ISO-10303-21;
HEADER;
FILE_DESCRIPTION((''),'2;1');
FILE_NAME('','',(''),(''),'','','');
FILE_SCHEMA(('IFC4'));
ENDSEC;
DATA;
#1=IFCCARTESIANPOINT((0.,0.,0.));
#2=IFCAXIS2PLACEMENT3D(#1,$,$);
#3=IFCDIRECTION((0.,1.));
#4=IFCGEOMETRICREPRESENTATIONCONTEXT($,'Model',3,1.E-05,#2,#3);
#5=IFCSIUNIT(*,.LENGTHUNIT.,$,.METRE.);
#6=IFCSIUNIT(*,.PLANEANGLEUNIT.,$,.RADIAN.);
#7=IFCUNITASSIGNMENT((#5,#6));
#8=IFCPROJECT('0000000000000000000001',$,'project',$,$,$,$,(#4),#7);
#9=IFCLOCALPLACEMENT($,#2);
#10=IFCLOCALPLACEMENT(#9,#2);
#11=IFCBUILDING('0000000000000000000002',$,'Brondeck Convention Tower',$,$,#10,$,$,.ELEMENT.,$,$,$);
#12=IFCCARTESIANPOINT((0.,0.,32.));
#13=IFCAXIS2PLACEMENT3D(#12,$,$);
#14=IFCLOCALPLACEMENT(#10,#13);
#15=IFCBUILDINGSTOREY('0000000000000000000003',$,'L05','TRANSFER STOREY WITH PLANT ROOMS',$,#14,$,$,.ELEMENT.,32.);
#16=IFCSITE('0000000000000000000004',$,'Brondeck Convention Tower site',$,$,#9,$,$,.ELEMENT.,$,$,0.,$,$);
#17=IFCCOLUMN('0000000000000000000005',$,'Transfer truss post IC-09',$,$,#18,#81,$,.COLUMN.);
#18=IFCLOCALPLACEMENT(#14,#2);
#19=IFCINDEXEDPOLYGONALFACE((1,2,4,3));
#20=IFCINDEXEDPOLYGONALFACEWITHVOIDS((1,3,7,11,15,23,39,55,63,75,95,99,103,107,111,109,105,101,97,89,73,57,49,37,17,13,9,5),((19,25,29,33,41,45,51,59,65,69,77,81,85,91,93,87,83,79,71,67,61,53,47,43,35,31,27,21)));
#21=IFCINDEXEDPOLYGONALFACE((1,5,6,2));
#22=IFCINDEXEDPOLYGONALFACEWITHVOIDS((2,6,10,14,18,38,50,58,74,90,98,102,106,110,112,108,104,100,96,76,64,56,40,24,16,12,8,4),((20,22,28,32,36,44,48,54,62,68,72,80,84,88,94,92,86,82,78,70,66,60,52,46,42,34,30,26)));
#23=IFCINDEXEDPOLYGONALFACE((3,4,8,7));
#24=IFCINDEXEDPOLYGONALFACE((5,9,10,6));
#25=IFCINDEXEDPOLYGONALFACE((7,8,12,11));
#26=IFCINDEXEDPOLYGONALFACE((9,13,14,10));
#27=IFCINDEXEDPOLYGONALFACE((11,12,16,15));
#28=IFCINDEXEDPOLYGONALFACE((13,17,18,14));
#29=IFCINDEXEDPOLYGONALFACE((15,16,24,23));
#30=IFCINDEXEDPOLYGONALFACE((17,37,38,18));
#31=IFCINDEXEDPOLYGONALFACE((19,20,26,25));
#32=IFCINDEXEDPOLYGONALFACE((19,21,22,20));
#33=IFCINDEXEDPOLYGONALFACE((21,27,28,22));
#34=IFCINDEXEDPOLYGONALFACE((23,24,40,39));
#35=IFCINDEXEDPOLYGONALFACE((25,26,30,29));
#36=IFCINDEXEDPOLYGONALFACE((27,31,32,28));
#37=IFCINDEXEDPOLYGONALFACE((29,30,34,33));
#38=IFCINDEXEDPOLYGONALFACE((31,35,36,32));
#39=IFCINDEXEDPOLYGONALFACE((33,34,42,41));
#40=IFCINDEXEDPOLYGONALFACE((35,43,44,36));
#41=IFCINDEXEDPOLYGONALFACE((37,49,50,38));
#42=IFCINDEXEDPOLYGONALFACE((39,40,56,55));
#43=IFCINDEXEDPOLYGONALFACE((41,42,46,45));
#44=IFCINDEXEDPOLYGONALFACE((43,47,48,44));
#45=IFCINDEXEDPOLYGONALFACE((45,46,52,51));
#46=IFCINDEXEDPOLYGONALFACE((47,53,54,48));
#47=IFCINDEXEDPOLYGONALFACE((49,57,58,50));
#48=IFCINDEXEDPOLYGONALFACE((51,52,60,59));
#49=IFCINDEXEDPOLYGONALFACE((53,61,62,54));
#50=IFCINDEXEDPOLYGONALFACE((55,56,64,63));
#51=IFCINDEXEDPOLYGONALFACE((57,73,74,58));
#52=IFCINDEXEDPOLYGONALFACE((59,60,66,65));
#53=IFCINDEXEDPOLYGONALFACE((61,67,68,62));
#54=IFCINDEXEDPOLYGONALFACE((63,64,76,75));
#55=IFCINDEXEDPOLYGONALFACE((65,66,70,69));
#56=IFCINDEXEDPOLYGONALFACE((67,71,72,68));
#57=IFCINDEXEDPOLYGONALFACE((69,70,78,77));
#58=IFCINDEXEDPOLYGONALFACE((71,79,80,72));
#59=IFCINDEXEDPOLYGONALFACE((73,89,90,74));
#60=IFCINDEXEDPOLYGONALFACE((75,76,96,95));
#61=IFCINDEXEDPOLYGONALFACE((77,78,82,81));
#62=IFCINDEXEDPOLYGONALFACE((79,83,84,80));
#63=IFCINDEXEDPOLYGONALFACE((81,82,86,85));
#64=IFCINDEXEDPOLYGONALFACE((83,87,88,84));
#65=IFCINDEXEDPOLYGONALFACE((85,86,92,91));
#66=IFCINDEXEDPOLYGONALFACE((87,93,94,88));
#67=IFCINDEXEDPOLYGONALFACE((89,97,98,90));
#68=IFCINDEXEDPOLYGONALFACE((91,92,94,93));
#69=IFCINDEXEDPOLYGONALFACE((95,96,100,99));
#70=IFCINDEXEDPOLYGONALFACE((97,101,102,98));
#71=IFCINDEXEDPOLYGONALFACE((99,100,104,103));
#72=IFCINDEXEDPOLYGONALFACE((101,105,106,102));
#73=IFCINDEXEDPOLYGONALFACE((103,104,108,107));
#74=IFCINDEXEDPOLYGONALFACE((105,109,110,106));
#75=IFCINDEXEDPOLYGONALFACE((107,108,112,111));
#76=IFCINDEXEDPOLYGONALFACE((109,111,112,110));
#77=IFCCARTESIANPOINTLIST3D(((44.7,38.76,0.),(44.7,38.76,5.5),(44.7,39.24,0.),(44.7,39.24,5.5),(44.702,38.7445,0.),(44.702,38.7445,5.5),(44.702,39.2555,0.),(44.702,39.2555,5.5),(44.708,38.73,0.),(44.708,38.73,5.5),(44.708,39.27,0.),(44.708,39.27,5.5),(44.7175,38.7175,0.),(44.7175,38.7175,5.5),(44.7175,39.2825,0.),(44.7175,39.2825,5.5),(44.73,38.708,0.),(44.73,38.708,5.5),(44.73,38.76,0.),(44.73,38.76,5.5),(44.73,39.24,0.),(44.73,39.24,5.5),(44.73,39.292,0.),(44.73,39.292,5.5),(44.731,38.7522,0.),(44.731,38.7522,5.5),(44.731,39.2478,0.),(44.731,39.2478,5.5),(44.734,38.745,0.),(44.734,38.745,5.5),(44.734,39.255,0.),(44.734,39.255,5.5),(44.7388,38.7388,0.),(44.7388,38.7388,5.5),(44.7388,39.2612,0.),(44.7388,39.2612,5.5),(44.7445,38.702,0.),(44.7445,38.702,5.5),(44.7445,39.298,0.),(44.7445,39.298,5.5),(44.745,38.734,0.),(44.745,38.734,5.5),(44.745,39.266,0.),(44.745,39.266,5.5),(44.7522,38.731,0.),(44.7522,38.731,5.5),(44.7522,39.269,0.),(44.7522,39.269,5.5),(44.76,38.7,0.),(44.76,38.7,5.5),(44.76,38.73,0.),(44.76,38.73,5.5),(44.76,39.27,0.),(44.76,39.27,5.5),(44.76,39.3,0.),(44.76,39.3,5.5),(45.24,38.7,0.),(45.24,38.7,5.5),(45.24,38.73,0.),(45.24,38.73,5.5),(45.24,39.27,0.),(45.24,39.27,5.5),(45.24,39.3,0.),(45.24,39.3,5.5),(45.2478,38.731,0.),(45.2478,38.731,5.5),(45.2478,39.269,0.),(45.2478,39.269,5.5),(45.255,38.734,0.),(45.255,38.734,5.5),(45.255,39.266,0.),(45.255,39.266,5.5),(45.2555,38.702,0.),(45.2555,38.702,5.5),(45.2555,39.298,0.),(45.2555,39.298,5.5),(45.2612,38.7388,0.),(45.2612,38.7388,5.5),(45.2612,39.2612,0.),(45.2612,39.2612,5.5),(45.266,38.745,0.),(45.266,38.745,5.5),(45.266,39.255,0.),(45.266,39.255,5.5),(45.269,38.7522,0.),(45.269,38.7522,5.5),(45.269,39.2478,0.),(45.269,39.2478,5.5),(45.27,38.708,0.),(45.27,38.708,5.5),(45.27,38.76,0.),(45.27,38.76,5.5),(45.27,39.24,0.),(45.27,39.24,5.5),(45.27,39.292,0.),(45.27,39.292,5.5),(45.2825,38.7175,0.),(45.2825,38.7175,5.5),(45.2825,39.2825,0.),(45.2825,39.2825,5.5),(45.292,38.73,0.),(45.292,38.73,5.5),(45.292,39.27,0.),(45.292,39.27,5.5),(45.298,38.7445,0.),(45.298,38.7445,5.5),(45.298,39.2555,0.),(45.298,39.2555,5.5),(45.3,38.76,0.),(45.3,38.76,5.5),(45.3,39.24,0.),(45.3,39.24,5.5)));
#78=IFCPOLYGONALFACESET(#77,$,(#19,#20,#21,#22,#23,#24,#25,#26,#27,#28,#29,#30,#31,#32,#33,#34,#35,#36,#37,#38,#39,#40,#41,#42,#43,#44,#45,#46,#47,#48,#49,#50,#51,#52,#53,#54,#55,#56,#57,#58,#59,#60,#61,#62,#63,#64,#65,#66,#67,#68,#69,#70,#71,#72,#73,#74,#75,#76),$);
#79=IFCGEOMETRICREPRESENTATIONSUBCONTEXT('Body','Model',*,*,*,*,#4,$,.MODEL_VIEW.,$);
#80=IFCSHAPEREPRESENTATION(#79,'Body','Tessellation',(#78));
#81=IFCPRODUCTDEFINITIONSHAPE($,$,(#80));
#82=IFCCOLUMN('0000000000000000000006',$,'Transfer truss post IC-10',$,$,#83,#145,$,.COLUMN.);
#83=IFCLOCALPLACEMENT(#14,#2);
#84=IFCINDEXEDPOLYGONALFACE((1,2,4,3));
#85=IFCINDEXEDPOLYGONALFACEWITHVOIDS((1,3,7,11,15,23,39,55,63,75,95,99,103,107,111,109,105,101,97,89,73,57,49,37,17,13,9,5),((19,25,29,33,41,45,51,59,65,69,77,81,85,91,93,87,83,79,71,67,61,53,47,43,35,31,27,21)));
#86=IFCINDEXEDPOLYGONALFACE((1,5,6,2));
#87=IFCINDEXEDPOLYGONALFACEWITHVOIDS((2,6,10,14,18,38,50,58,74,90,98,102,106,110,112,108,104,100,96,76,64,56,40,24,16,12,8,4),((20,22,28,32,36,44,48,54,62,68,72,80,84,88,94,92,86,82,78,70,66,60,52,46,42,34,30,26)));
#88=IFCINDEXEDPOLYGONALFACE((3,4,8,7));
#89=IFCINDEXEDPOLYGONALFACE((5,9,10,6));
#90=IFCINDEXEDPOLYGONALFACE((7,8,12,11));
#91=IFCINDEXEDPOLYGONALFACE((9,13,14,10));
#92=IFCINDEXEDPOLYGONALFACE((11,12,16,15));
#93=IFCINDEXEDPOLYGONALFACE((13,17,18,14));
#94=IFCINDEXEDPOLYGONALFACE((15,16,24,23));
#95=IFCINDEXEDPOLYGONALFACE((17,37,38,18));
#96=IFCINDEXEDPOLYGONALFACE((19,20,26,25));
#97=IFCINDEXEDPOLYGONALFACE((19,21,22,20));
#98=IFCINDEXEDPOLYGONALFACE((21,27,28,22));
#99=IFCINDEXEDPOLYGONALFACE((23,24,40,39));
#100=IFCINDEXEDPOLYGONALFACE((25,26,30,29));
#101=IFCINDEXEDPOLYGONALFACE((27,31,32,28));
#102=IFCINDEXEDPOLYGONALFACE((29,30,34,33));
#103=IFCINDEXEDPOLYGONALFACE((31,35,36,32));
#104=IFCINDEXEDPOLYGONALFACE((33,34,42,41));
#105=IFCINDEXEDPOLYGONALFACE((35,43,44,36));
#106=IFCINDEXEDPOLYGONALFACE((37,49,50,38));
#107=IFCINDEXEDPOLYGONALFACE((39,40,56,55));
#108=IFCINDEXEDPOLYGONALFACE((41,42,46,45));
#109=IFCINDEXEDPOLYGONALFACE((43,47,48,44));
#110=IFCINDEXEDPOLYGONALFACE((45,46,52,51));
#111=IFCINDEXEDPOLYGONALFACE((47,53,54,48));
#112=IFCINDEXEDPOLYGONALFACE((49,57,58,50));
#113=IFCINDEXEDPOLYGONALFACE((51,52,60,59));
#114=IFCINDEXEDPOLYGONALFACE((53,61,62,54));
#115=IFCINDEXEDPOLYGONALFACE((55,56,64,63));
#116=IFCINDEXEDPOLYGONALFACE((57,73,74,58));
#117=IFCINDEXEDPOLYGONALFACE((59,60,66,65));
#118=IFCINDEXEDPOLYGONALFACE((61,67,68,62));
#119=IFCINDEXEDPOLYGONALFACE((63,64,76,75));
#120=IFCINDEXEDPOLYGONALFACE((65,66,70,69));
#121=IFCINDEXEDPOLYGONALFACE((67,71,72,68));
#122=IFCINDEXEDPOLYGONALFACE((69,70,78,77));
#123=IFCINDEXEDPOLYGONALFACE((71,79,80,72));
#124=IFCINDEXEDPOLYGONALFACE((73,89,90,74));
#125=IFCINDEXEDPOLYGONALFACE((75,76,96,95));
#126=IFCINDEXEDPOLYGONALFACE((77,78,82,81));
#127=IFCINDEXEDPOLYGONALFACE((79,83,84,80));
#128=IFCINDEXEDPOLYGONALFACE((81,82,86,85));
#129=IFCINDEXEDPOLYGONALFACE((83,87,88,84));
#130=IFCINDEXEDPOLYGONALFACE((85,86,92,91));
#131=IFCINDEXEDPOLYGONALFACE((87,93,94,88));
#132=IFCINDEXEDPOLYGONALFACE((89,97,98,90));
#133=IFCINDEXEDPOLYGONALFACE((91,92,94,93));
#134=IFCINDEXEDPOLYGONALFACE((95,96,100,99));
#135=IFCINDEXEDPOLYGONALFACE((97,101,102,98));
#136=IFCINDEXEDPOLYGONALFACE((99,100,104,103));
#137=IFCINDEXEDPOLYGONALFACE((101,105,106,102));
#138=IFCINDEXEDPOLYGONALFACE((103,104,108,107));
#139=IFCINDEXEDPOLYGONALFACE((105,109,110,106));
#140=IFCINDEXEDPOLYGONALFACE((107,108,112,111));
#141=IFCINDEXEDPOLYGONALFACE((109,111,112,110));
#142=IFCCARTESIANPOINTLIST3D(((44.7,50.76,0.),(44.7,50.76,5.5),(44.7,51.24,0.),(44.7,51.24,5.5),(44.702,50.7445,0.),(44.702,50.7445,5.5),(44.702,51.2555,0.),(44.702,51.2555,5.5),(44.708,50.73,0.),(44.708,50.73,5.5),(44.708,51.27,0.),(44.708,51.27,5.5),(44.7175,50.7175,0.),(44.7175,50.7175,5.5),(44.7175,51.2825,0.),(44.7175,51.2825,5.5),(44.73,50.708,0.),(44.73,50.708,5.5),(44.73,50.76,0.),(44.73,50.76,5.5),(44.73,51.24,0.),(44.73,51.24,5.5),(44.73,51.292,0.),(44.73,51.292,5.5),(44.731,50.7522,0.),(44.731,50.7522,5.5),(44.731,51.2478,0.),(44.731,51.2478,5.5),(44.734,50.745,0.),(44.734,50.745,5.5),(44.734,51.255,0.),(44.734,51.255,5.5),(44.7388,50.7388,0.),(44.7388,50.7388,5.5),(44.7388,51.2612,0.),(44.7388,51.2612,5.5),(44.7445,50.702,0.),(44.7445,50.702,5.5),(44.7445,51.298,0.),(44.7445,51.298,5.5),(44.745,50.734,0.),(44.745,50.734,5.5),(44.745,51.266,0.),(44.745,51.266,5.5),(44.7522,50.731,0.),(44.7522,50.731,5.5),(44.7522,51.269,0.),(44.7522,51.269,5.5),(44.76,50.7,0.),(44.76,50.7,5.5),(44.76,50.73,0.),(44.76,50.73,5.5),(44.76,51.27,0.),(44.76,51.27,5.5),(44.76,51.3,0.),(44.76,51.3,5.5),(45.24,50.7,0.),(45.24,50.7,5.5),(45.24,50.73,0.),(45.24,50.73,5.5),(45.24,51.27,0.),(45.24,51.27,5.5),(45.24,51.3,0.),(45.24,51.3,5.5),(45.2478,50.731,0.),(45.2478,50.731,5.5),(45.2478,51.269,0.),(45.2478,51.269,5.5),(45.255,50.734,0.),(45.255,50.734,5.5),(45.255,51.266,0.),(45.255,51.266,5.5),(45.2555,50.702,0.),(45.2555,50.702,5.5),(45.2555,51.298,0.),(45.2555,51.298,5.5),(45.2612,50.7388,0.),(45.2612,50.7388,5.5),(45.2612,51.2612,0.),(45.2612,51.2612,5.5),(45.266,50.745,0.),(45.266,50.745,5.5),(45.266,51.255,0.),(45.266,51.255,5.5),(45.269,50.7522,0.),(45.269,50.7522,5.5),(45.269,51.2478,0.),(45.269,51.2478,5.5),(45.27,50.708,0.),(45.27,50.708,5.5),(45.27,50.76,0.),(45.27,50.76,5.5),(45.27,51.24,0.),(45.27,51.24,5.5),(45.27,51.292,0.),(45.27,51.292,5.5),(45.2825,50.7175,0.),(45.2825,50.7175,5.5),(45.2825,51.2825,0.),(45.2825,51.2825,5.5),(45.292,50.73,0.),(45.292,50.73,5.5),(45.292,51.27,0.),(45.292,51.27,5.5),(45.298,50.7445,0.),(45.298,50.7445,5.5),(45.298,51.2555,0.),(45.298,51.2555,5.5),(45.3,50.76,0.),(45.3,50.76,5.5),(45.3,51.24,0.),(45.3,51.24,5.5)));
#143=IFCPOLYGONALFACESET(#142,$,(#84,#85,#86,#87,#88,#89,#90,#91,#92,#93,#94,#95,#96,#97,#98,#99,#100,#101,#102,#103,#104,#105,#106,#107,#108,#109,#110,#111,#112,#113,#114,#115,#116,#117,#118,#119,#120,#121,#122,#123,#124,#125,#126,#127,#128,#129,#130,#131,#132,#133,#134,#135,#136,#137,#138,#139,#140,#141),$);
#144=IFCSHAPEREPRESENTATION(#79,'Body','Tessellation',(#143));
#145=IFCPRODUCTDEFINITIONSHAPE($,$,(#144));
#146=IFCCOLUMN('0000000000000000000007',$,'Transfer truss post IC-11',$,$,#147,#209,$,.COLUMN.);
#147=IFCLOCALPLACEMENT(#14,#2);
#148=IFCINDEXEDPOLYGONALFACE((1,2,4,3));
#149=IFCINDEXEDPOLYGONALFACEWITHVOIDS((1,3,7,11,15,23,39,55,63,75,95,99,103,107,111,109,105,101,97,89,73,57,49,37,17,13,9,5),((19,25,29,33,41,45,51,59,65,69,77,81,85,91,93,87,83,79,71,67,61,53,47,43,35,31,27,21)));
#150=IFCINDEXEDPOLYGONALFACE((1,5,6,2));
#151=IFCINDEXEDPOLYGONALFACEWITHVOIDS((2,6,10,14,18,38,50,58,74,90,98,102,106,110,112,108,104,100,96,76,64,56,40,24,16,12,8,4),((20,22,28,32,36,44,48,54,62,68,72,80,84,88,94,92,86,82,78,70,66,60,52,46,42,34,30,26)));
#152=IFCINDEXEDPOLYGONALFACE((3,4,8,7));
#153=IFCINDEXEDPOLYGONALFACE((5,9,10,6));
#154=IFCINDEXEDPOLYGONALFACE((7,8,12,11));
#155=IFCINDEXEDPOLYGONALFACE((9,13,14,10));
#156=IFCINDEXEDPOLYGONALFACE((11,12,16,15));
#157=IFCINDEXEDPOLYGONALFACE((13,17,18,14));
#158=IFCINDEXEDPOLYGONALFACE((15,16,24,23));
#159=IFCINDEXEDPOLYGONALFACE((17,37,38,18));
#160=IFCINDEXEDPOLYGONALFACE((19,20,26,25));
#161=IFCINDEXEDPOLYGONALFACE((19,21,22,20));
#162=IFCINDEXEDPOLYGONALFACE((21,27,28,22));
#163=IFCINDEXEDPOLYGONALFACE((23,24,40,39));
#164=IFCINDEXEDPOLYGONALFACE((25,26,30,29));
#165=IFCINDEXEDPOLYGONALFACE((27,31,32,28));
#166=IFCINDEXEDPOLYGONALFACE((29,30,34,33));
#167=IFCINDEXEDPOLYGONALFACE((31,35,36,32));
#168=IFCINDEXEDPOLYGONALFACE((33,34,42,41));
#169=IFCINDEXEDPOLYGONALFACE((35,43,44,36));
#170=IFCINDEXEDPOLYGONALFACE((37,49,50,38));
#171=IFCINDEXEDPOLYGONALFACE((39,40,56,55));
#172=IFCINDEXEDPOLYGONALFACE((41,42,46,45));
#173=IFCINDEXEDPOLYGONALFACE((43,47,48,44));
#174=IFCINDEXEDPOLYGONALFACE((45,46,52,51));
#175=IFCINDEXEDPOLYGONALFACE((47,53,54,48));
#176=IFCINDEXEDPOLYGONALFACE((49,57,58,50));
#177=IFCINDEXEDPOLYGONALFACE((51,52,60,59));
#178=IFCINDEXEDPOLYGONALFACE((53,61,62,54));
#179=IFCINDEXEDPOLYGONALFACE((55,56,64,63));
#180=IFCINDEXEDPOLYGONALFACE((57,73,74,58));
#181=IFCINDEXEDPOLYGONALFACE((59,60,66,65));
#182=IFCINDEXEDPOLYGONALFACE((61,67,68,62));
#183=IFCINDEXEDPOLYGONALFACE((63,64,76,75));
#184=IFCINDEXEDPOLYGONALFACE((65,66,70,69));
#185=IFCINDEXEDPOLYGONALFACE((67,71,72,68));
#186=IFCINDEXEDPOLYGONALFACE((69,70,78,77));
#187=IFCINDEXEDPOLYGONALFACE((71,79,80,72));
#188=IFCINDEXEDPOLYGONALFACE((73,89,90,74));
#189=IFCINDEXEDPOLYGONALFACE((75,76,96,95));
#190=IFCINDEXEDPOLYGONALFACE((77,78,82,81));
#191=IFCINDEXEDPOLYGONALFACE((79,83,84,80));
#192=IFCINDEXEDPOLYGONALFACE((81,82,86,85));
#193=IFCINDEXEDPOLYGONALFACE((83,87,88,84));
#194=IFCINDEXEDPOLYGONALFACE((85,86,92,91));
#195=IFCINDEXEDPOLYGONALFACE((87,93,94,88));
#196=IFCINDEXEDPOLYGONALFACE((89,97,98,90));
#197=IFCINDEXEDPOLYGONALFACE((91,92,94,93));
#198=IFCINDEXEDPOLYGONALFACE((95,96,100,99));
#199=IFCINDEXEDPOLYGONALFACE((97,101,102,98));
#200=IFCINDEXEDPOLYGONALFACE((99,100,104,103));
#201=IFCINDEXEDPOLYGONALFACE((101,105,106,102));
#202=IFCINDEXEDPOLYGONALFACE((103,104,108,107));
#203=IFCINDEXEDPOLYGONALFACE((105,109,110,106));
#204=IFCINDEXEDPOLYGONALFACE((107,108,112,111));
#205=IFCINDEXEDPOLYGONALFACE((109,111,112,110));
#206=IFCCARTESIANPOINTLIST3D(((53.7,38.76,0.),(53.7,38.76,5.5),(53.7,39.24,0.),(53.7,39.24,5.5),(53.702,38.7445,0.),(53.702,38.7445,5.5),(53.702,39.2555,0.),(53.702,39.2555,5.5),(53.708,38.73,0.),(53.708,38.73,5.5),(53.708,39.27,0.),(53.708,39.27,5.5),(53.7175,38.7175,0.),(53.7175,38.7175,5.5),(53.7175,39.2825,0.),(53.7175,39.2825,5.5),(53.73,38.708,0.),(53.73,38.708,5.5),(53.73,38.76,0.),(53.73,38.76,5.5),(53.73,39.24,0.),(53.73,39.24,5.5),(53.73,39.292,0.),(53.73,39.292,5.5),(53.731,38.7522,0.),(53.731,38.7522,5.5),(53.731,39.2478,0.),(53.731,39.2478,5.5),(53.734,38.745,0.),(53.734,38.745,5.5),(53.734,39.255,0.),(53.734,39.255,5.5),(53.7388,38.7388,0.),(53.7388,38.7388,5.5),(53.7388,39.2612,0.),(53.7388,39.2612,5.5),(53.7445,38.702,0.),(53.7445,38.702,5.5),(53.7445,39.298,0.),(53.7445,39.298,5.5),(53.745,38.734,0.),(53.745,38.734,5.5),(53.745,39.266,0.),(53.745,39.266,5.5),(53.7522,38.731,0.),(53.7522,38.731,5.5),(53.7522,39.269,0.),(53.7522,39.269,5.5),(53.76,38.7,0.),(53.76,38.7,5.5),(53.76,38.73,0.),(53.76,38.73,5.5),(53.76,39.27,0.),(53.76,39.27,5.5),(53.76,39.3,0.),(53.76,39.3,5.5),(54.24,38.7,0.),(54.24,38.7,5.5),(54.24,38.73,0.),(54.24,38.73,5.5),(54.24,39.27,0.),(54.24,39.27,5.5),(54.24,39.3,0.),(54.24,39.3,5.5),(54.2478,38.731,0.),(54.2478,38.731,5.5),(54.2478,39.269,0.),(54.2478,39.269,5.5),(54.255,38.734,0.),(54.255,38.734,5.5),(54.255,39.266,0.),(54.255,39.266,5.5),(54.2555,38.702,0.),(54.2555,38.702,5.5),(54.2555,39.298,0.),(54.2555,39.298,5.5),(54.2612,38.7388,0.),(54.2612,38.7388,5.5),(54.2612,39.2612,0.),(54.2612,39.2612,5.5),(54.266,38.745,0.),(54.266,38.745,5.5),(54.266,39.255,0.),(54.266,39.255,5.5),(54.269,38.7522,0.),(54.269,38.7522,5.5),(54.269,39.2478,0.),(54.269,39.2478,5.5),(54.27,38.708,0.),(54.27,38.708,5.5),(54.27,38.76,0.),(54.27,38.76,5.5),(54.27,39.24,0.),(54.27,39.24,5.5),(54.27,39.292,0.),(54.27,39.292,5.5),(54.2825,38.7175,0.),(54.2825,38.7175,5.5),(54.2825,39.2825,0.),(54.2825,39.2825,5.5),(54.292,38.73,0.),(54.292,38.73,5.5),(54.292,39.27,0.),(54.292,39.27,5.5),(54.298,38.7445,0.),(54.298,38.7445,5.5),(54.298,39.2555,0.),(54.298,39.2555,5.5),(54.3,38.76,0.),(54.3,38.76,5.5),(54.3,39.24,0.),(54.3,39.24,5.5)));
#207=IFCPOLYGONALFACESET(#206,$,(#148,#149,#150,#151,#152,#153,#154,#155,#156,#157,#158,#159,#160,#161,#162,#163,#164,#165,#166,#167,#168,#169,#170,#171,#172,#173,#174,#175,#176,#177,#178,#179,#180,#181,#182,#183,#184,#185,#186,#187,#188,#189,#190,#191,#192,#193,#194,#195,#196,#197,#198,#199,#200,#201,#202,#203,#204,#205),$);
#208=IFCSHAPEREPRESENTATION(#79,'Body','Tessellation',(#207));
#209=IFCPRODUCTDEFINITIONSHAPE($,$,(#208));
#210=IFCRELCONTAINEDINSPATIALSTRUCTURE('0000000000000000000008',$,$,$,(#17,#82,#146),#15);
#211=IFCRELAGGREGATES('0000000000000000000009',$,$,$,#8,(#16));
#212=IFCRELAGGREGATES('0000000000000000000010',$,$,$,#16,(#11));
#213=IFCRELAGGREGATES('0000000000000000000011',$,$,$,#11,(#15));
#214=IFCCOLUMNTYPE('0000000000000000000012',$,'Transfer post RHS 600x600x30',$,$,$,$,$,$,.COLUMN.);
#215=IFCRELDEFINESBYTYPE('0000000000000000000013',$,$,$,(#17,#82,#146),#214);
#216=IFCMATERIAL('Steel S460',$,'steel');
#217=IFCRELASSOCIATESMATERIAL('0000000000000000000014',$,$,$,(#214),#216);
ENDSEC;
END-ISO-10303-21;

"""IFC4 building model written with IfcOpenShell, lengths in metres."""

from ifc_helpers import new_model, si_unit, direction, frame, origin, origin_2d, place, context, subcontext, project, spatial, hollow_rectangle, extrude, material, material_profile, profile_set, type_object, element, save


model = new_model("IFC4")

# Units and contexts
model_context = context("Model", 3, precision=1e-05, world=origin(), true_north=direction((0.0, 1.0)))
body_context = subcontext(model_context, "Body", "Model", "MODEL_VIEW")
ifc_project = project(units=[si_unit("LENGTHUNIT", "METRE"), si_unit("PLANEANGLEUNIT", "RADIAN")], contexts=[model_context])

# Site, building, storey
site_placement = place(None, origin())
site = spatial("IfcSite", under=ifc_project, at=site_placement, Name="Brondeck Convention Tower site", CompositionType="ELEMENT", RefElevation=0.0)
building_placement = place(site_placement, origin())
building = spatial("IfcBuilding", under=site, at=building_placement, Name="Brondeck Convention Tower", CompositionType="ELEMENT")
storey_placement = place(building_placement, frame((0.0, 0.0, 32.0)))
storey = spatial("IfcBuildingStorey", under=building, at=storey_placement, Name="L05", Description="TRANSFER STOREY WITH PLANT ROOMS", CompositionType="ELEMENT", Elevation=32.0)

# Columns
ifc_material_1 = material(Name="Steel S460", Category="steel")
ifc_material_profile_1 = material_profile(ifc_material_1, hollow_rectangle(XDim=0.6001, YDim=0.6001, WallThickness=0.03, InnerFilletRadius=0.03, OuterFilletRadius=0.0601, at=origin_2d()), Name="RHS 600x600x30")
ifc_profile_set_1 = profile_set([ifc_material_profile_1], Name="Steel S460")
column_type = type_object("IfcColumnType", Name="Transfer post RHS 600x600x30", PredefinedType="COLUMN", material=ifc_profile_set_1)
for number, where, z_axis, x_axis, name in (
    (1, (45.0, 39.0, 0.0), (0.0, 0.0, 1.0), (1.0, 0.0, 0.0), "Transfer truss post IC-09"),
    (2, (45.0, 51.0, 0.0), (0.0, 0.0, 1.0), (1.0, 0.0, 0.0), "Transfer truss post IC-10"),
    (3, (54.0, 39.0, 0.0), (0.0, 0.0, 1.0), (1.0, 0.0, 0.0), "Transfer truss post IC-11"),
):
    element("IfcColumn", number, at=place(storey_placement, frame(where, z_axis=z_axis, x_axis=x_axis)), inside=storey, type_object=column_type, Name=name, PredefinedType="COLUMN", context=body_context, shape_type="SweptSolid", body=[
        extrude(hollow_rectangle(XDim=0.6001, YDim=0.6001, WallThickness=0.03, InnerFilletRadius=0.03, OuterFilletRadius=0.0601, at=origin_2d()), origin(), (0.0, 0.0, 1.0), 5.5),
    ])

save(model, "model.ifc")
